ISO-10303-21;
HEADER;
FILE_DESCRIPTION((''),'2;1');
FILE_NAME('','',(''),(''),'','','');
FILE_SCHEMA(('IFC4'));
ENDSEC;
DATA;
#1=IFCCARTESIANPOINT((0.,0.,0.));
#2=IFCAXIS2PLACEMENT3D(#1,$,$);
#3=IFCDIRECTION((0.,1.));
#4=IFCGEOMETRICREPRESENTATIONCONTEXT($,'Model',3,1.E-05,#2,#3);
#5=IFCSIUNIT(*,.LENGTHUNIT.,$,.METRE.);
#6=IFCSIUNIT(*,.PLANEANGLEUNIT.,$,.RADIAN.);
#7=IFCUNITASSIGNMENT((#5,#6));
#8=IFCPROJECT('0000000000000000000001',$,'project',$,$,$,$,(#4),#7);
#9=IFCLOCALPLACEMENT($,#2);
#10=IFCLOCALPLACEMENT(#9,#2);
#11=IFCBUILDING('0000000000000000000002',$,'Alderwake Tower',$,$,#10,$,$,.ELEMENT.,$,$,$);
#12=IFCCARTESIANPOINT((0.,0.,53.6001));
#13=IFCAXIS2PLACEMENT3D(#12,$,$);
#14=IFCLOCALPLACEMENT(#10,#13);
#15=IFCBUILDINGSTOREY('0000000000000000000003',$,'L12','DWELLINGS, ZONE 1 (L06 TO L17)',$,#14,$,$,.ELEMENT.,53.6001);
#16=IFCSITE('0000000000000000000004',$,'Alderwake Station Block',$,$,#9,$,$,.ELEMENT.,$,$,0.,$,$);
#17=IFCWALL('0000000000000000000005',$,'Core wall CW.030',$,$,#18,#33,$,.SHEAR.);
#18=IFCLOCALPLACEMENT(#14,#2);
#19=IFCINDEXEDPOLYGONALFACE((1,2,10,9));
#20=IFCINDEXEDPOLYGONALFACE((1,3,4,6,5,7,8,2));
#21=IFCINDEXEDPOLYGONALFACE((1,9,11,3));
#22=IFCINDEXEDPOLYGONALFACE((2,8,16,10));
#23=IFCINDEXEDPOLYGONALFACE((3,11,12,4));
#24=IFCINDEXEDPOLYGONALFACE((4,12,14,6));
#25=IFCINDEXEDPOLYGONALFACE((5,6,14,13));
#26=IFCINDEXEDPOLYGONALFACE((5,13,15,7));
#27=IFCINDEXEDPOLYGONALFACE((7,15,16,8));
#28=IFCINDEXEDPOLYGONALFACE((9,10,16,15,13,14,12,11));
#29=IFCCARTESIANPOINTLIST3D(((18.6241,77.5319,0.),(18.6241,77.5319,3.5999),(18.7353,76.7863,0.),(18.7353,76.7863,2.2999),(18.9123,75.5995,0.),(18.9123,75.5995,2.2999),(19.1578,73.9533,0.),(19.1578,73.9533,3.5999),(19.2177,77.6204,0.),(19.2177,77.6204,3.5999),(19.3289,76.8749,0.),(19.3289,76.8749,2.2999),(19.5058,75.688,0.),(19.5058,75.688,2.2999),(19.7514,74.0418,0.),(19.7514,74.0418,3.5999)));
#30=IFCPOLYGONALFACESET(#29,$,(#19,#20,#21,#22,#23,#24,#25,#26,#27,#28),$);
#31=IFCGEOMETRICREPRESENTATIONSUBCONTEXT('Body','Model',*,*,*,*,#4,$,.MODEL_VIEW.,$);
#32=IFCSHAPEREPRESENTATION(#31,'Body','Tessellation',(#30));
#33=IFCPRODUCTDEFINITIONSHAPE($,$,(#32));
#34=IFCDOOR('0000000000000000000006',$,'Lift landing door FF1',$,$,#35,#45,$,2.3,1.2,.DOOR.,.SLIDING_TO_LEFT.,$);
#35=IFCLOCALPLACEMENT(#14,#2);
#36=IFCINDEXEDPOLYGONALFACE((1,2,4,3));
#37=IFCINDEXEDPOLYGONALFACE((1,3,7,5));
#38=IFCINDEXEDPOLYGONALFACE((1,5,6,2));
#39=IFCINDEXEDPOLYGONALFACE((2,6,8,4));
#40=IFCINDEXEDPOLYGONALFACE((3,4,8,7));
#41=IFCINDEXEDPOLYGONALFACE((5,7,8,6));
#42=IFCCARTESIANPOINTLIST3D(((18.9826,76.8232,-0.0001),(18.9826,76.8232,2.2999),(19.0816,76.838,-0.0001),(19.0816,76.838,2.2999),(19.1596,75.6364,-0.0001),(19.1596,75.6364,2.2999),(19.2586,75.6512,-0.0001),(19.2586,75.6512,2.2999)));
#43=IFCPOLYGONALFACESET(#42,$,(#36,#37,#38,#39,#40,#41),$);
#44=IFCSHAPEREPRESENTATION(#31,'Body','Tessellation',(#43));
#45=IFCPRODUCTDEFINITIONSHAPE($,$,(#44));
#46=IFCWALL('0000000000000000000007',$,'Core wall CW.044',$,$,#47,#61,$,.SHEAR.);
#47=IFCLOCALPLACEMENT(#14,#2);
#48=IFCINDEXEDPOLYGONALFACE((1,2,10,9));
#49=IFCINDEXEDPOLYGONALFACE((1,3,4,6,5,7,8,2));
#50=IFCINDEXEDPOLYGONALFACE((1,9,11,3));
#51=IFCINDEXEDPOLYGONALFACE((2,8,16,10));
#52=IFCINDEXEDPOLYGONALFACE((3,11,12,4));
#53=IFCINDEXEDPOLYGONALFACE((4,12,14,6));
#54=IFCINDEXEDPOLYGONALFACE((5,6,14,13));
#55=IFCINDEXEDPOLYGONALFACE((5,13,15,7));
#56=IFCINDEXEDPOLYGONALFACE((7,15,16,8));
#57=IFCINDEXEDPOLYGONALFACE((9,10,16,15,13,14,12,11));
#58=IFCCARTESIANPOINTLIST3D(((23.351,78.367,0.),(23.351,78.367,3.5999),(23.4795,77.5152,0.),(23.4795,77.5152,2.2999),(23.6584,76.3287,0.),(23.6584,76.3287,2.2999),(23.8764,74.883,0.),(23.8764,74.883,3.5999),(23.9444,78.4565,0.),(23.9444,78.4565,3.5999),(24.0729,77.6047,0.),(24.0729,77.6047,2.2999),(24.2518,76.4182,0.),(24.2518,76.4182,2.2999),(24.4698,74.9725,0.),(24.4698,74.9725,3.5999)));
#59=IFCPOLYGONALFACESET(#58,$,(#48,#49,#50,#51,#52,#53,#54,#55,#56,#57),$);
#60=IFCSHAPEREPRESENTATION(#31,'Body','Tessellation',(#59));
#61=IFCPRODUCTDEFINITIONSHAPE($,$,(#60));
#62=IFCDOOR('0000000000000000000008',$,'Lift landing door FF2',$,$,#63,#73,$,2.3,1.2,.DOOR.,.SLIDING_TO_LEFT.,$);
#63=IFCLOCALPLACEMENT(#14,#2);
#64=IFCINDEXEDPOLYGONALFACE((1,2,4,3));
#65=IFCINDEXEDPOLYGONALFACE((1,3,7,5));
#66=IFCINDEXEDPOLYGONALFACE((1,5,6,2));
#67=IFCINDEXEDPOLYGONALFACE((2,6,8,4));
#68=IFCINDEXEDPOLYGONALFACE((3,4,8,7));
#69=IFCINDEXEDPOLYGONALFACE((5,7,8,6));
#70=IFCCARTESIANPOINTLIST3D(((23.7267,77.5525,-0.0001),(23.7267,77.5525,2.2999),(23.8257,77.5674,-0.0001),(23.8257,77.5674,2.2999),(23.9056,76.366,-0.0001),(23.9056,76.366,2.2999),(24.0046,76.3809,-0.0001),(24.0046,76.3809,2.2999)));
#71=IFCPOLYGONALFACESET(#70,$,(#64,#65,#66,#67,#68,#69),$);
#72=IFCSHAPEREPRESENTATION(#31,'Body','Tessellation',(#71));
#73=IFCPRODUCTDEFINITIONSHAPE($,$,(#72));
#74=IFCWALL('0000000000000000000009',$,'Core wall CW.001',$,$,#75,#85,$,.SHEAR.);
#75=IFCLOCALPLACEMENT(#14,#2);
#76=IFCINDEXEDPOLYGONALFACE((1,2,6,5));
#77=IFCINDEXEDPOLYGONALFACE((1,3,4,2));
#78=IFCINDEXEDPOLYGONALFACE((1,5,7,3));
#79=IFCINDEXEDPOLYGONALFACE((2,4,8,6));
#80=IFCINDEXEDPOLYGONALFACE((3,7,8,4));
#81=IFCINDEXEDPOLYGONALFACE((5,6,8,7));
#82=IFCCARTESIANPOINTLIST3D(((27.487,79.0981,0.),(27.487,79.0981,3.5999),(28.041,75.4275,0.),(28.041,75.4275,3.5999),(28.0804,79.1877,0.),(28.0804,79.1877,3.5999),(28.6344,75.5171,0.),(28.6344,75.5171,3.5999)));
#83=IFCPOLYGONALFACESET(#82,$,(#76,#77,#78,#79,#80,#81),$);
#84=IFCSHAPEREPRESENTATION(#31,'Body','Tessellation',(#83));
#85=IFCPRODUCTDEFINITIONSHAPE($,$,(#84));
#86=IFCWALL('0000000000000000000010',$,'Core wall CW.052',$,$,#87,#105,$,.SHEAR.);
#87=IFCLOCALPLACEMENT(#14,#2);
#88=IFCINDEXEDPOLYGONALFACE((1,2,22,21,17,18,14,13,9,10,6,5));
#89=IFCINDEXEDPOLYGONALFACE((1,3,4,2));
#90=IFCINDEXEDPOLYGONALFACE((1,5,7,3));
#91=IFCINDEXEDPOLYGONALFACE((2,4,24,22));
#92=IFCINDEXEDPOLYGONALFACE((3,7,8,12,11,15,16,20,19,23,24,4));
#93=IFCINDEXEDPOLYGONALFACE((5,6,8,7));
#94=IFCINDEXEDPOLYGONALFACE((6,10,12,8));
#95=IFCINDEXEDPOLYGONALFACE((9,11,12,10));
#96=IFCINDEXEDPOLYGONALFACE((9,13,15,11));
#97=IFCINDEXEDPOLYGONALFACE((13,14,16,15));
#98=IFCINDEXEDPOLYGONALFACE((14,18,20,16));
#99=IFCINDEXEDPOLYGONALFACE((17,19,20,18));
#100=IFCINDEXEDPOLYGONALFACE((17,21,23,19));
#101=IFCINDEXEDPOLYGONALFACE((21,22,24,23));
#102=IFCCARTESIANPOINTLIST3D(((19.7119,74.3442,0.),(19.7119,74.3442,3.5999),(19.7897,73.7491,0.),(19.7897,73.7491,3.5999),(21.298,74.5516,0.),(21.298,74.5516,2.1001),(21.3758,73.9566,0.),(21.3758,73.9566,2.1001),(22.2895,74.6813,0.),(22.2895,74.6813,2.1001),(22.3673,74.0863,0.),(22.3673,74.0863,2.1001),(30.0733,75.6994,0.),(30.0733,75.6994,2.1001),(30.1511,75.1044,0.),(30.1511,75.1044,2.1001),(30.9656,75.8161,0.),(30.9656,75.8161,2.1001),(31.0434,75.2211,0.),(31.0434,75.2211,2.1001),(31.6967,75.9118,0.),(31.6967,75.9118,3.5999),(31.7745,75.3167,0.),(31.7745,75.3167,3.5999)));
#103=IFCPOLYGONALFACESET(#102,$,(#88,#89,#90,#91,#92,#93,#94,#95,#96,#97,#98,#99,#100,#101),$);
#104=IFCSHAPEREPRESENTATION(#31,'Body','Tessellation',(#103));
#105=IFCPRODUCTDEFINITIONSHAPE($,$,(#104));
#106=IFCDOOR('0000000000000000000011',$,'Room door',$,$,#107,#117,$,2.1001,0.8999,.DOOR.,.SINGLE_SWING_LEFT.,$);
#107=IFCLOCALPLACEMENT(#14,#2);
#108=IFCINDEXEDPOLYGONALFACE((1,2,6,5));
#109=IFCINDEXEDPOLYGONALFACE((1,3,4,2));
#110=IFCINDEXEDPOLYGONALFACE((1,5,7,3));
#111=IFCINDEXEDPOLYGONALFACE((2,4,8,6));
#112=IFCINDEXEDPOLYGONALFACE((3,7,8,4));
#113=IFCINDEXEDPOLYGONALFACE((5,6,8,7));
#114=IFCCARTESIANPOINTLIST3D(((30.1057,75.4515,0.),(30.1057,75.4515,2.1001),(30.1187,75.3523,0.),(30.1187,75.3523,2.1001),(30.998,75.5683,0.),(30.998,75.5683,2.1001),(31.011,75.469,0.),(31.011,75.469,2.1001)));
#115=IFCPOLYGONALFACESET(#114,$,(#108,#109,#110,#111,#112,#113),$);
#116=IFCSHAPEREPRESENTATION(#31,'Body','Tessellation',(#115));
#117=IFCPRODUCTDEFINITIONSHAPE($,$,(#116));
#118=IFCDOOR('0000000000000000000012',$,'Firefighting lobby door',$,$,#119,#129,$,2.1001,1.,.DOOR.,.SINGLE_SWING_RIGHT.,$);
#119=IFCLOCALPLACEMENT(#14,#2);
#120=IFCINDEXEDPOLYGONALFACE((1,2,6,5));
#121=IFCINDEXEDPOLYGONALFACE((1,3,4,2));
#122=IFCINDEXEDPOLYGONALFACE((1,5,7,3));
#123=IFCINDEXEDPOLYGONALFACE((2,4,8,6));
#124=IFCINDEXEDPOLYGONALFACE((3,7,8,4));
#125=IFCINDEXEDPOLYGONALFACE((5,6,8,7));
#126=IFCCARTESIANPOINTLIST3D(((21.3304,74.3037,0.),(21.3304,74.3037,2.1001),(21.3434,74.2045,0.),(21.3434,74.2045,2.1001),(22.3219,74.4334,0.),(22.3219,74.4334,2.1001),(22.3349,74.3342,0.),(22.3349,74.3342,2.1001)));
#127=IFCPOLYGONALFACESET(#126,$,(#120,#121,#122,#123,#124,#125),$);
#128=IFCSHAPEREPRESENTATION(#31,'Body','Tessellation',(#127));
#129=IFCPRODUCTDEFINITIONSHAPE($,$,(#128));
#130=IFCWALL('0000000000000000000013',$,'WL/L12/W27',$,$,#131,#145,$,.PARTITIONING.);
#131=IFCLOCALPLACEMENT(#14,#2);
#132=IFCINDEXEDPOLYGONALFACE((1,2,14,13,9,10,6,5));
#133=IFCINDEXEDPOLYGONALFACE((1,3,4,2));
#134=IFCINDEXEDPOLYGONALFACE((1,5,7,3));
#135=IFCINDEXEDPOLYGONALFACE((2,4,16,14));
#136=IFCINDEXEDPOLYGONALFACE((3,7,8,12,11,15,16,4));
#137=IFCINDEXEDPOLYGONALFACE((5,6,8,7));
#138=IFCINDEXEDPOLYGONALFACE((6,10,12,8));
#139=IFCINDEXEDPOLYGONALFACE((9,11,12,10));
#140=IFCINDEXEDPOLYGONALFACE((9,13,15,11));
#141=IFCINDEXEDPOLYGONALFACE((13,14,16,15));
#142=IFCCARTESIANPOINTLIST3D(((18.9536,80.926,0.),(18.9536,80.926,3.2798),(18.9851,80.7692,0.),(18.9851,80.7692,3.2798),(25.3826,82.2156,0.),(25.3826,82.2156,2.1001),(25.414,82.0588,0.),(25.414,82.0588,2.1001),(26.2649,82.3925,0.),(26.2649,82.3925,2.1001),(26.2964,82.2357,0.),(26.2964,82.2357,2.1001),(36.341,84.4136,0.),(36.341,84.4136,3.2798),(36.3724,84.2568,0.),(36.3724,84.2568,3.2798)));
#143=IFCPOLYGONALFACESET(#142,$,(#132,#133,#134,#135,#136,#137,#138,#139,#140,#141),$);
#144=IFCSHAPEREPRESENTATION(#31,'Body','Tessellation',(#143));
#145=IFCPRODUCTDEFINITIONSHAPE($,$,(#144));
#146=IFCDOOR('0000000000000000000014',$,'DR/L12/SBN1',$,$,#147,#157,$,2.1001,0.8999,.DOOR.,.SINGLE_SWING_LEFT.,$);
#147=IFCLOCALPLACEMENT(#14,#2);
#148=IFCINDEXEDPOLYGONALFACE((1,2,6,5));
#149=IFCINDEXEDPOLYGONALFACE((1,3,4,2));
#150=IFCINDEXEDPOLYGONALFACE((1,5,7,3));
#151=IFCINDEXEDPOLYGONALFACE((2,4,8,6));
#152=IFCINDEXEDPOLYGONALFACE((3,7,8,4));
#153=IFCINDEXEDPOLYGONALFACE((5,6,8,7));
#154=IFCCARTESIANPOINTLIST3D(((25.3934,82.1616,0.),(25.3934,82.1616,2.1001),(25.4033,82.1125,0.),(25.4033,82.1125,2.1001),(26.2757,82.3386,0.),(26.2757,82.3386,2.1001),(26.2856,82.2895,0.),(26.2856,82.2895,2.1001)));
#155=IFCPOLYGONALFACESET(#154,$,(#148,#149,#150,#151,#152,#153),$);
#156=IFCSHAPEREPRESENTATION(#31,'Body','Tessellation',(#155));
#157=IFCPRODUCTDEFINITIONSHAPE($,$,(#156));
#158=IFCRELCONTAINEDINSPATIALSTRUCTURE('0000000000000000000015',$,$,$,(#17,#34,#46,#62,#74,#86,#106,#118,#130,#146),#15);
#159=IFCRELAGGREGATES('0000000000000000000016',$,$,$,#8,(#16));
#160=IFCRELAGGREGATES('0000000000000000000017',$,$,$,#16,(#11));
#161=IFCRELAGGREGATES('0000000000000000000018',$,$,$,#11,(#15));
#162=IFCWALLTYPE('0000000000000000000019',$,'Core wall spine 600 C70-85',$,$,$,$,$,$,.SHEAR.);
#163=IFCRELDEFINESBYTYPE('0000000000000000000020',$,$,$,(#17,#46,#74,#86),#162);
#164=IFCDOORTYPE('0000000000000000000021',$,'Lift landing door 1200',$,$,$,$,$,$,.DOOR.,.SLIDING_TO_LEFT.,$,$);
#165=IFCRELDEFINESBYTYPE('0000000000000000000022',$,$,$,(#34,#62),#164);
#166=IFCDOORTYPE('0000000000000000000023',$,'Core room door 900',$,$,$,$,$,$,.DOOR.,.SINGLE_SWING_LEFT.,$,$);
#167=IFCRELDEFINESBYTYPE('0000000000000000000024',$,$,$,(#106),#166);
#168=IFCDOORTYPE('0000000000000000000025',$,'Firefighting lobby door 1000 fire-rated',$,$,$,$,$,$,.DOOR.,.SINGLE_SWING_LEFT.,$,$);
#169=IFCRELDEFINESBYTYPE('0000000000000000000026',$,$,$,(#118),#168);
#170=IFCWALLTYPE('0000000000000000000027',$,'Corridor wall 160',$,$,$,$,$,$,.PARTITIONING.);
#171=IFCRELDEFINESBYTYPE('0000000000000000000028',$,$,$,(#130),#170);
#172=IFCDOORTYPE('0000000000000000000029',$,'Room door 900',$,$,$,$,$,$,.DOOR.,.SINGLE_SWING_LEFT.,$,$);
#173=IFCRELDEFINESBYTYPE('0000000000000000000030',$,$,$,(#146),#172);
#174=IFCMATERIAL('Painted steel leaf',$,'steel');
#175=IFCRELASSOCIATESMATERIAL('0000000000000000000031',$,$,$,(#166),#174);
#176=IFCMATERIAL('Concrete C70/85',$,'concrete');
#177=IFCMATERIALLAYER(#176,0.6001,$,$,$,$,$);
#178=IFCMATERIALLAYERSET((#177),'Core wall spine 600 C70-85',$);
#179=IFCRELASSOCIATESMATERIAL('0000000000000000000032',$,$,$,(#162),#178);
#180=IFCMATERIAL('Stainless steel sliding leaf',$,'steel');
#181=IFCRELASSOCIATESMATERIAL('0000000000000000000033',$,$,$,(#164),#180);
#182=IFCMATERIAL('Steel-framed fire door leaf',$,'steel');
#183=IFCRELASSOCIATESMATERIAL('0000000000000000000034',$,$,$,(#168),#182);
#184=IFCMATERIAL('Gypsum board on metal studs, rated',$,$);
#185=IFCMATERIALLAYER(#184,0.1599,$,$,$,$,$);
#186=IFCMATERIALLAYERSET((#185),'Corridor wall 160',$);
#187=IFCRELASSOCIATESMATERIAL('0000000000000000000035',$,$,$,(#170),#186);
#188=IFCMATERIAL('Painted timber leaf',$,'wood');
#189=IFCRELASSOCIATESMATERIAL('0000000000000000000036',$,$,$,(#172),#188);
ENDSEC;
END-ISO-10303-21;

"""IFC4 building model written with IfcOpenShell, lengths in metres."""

from ifc_helpers import new_model, si_unit, direction, frame, frame_2d, origin, place, context, subcontext, project, spatial, rectangle, extrude, material, layer, layer_set, type_object, element, fill, save


model = new_model("IFC4")

# Units and contexts
model_context = context("Model", 3, precision=1e-05, world=origin(), true_north=direction((0.0, 1.0)))
body_context = subcontext(model_context, "Body", "Model", "MODEL_VIEW")
ifc_project = project(units=[si_unit("LENGTHUNIT", "METRE"), si_unit("PLANEANGLEUNIT", "RADIAN")], contexts=[model_context])

# Site, building, storey
site_placement = place(None, origin())
site = spatial("IfcSite", under=ifc_project, at=site_placement, Name="Alderwake Station Block", CompositionType="ELEMENT", RefElevation=0.0)
building_placement = place(site_placement, origin())
building = spatial("IfcBuilding", under=site, at=building_placement, Name="Alderwake Tower", CompositionType="ELEMENT")
storey_placement = place(building_placement, frame((0.0, 0.0, 53.6001)))
storey = spatial("IfcBuildingStorey", under=building, at=storey_placement, Name="L12", Description="DWELLINGS, ZONE 1 (L06 TO L17)", CompositionType="ELEMENT", Elevation=53.6001)

# Walls, openings, doors
ifc_material_1 = material(Name="Painted steel leaf", Category="steel")
door_type_1 = type_object("IfcDoorType", Name="Core room door 900", OperationType="SINGLE_SWING_LEFT", PredefinedType="DOOR", material=ifc_material_1)
ifc_material_2 = material(Name="Concrete C70/85", Category="concrete")
ifc_layer_1 = layer(ifc_material_2, 0.6001)
ifc_layer_set_1 = layer_set([ifc_layer_1], Name="Core wall spine 600 C70-85")
wall_type_1 = type_object("IfcWallType", Name="Core wall spine 600 C70-85", PredefinedType="SHEAR", material=ifc_layer_set_1)
wall_1_placement = place(storey_placement, frame((19.4546, 73.9976, 0.0), z_axis=(0.0, 0.0, 1.0), x_axis=(-0.147502, 0.989062, 0.0)))
wall_1 = element("IfcWall", 1, at=wall_1_placement, inside=storey, type_object=wall_type_1, Name="Core wall CW.030", PredefinedType="SHEAR", context=body_context, shape_type="SweptSolid", body=[
    extrude(rectangle(XDim=3.6182, YDim=0.6001, at=frame_2d((1.8091, 0.0))), origin(), (0.0, 0.0, 1.0), 3.5999),
])
opening_1_placement = place(wall_1_placement, frame((1.6643, 0.0, 0.0)))
opening_1 = element("IfcOpeningElement", 2, at=opening_1_placement, cuts=wall_1, PredefinedType="OPENING", context=body_context, shape_type="SweptSolid", body=[
    extrude(rectangle(XDim=1.2, YDim=2.3, at=frame_2d((0.6001, 1.1499))), frame((0.0, 0.3101, 0.0), z_axis=(0.0, -1.0, 0.0), x_axis=(1.0, 0.0, 0.0)), (0.0, 0.0, 1.0), 0.6201),
])
ifc_material_3 = material(Name="Stainless steel sliding leaf", Category="steel")
door_type_2 = type_object("IfcDoorType", Name="Lift landing door 1200", OperationType="SLIDING_TO_LEFT", PredefinedType="DOOR", material=ifc_material_3)
door_1_placement = place(opening_1_placement, origin())
door_1 = element("IfcDoor", 3, at=door_1_placement, inside=storey, type_object=door_type_2, Name="Lift landing door FF1", OperationType="SLIDING_TO_LEFT", OverallHeight=2.3, OverallWidth=1.2, PredefinedType="DOOR", context=body_context, shape_type="SweptSolid", body=[
    extrude(rectangle(XDim=1.2, YDim=2.3, at=frame_2d((0.6001, 1.1499))), frame((0.0, 0.05, 0.0), z_axis=(0.0, -1.0, 0.0), x_axis=(1.0, 0.0, 0.0)), (0.0, 0.0, 1.0), 0.1001),
])
fill(opening_1, door_1)
wall_2_placement = place(storey_placement, frame((24.1731, 74.9277, 0.0), z_axis=(0.0, 0.0, 1.0), x_axis=(-0.14911, 0.988821, 0.0)))
wall_2 = element("IfcWall", 4, at=wall_2_placement, inside=storey, type_object=wall_type_1, Name="Core wall CW.044", PredefinedType="SHEAR", context=body_context, shape_type="SweptSolid", body=[
    extrude(rectangle(XDim=3.5234, YDim=0.6001, at=frame_2d((1.7617, 0.0))), origin(), (0.0, 0.0, 1.0), 3.5999),
])
opening_2_placement = place(wall_2_placement, frame((1.4619, 0.0, 0.0)))
opening_2 = element("IfcOpeningElement", 5, at=opening_2_placement, cuts=wall_2, PredefinedType="OPENING", context=body_context, shape_type="SweptSolid", body=[
    extrude(rectangle(XDim=1.2, YDim=2.3, at=frame_2d((0.6001, 1.1499))), frame((0.0, 0.3101, 0.0), z_axis=(0.0, -1.0, 0.0), x_axis=(1.0, 0.0, 0.0)), (0.0, 0.0, 1.0), 0.6201),
])
door_2_placement = place(opening_2_placement, origin())
door_2 = element("IfcDoor", 6, at=door_2_placement, inside=storey, type_object=door_type_2, Name="Lift landing door FF2", OperationType="SLIDING_TO_LEFT", OverallHeight=2.3, OverallWidth=1.2, PredefinedType="DOOR", context=body_context, shape_type="SweptSolid", body=[
    extrude(rectangle(XDim=1.2, YDim=2.3, at=frame_2d((0.6001, 1.1499))), frame((0.0, 0.05, 0.0), z_axis=(0.0, -1.0, 0.0), x_axis=(1.0, 0.0, 0.0)), (0.0, 0.0, 1.0), 0.1001),
])
fill(opening_2, door_2)

# Wall
wall_3_placement = place(storey_placement, frame((28.3376, 75.4724, 0.0), z_axis=(0.0, 0.0, 1.0), x_axis=(-0.149225, 0.988803, 0.0)))
element("IfcWall", 7, at=wall_3_placement, inside=storey, type_object=wall_type_1, Name="Core wall CW.001", PredefinedType="SHEAR", context=body_context, shape_type="SweptSolid", body=[
    extrude(rectangle(XDim=3.7122, YDim=0.6001, at=frame_2d((1.856, 0.0))), origin(), (0.0, 0.0, 1.0), 3.5999),
])

# Wall, openings, doors
wall_4_placement = place(storey_placement, frame((31.7356, 75.6143, 0.0), z_axis=(0.0, 0.0, 1.0), x_axis=(-0.991554, -0.129696, 0.0)))
wall_4 = element("IfcWall", 8, at=wall_4_placement, inside=storey, type_object=wall_type_1, Name="Core wall CW.052", PredefinedType="SHEAR", context=body_context, shape_type="SweptSolid", body=[
    extrude(rectangle(XDim=12.0869, YDim=0.6001, at=frame_2d((6.0435, 0.0))), origin(), (0.0, 0.0, 1.0), 3.5999),
])
opening_3_placement = place(wall_4_placement, frame((9.4873, 0.0, 0.0)))
opening_3 = element("IfcOpeningElement", 9, at=opening_3_placement, cuts=wall_4, PredefinedType="OPENING", context=body_context, shape_type="SweptSolid", body=[
    extrude(rectangle(XDim=1.0, YDim=2.1001, at=frame_2d((0.5, 1.05))), frame((0.0, 0.3101, 0.0), z_axis=(0.0, -1.0, 0.0), x_axis=(1.0, 0.0, 0.0)), (0.0, 0.0, 1.0), 0.6201),
])
opening_4_placement = place(wall_4_placement, frame((0.7373, 0.0, 0.0)))
opening_4 = element("IfcOpeningElement", 10, at=opening_4_placement, cuts=wall_4, PredefinedType="OPENING", context=body_context, shape_type="SweptSolid", body=[
    extrude(rectangle(XDim=0.8999, YDim=2.1001, at=frame_2d((0.45, 1.05))), frame((0.0, 0.3101, 0.0), z_axis=(0.0, -1.0, 0.0), x_axis=(1.0, 0.0, 0.0)), (0.0, 0.0, 1.0), 0.6201),
])
door_3_placement = place(opening_4_placement, origin())
door_3 = element("IfcDoor", 11, at=door_3_placement, inside=storey, type_object=door_type_1, Name="Room door", OperationType="SINGLE_SWING_LEFT", OverallHeight=2.1001, OverallWidth=0.8999, PredefinedType="DOOR", context=body_context, shape_type="SweptSolid", body=[
    extrude(rectangle(XDim=0.8999, YDim=2.1001, at=frame_2d((0.45, 1.05))), frame((0.0, 0.05, 0.0), z_axis=(0.0, -1.0, 0.0), x_axis=(1.0, 0.0, 0.0)), (0.0, 0.0, 1.0), 0.1001),
])
fill(opening_4, door_3)
ifc_material_4 = material(Name="Steel-framed fire door leaf", Category="steel")
door_type_3 = type_object("IfcDoorType", Name="Firefighting lobby door 1000 fire-rated", OperationType="SINGLE_SWING_LEFT", PredefinedType="DOOR", material=ifc_material_4)
door_4_placement = place(opening_3_placement, origin())
door_4 = element("IfcDoor", 12, at=door_4_placement, inside=storey, type_object=door_type_3, Name="Firefighting lobby door", OperationType="SINGLE_SWING_RIGHT", OverallHeight=2.1001, OverallWidth=1.0, PredefinedType="DOOR", context=body_context, shape_type="SweptSolid", body=[
    extrude(rectangle(XDim=1.0, YDim=2.1001, at=frame_2d((0.5, 1.05))), frame((0.0, 0.05, 0.0), z_axis=(0.0, -1.0, 0.0), x_axis=(1.0, 0.0, 0.0)), (0.0, 0.0, 1.0), 0.1001),
])
fill(opening_3, door_4)

# Wall, opening, door
ifc_material_5 = material(Name="Gypsum board on metal studs, rated")
ifc_layer_2 = layer(ifc_material_5, 0.1599)
ifc_layer_set_2 = layer_set([ifc_layer_2], Name="Corridor wall 160")
wall_type_2 = type_object("IfcWallType", Name="Corridor wall 160", PredefinedType="PARTITIONING", material=ifc_layer_set_2)
wall_5_placement = place(storey_placement, frame((18.9695, 80.8477, 0.0), z_axis=(0.0, 0.0, 1.0), x_axis=(0.980471, 0.196664, 0.0)))
wall_5 = element("IfcWall", 13, at=wall_5_placement, inside=storey, type_object=wall_type_2, Name="WL/L12/W27", PredefinedType="PARTITIONING", context=body_context, shape_type="SweptSolid", body=[
    extrude(rectangle(XDim=17.7336, YDim=0.1599, at=frame_2d((8.8667, 0.0))), origin(), (0.0, 0.0, 1.0), 3.2798),
])
opening_5_placement = place(wall_5_placement, frame((6.5569, 0.0, 0.0)))
opening_5 = element("IfcOpeningElement", 14, at=opening_5_placement, cuts=wall_5, PredefinedType="OPENING", context=body_context, shape_type="SweptSolid", body=[
    extrude(rectangle(XDim=0.8999, YDim=2.1001, at=frame_2d((0.45, 1.05))), frame((0.0, 0.0898, 0.0), z_axis=(0.0, -1.0, 0.0), x_axis=(1.0, 0.0, 0.0)), (0.0, 0.0, 1.0), 0.1799),
])
ifc_material_6 = material(Name="Painted timber leaf", Category="wood")
door_type_4 = type_object("IfcDoorType", Name="Room door 900", OperationType="SINGLE_SWING_LEFT", PredefinedType="DOOR", material=ifc_material_6)
door_5_placement = place(opening_5_placement, origin())
door_5 = element("IfcDoor", 15, at=door_5_placement, inside=storey, type_object=door_type_4, Name="DR/L12/SBN1", OperationType="SINGLE_SWING_LEFT", OverallHeight=2.1001, OverallWidth=0.8999, PredefinedType="DOOR", context=body_context, shape_type="SweptSolid", body=[
    extrude(rectangle(XDim=0.8999, YDim=2.1001, at=frame_2d((0.45, 1.05))), frame((0.0, 0.0249, 0.0), z_axis=(0.0, -1.0, 0.0), x_axis=(1.0, 0.0, 0.0)), (0.0, 0.0, 1.0), 0.05),
])
fill(opening_5, door_5)

save(model, "model.ifc")
